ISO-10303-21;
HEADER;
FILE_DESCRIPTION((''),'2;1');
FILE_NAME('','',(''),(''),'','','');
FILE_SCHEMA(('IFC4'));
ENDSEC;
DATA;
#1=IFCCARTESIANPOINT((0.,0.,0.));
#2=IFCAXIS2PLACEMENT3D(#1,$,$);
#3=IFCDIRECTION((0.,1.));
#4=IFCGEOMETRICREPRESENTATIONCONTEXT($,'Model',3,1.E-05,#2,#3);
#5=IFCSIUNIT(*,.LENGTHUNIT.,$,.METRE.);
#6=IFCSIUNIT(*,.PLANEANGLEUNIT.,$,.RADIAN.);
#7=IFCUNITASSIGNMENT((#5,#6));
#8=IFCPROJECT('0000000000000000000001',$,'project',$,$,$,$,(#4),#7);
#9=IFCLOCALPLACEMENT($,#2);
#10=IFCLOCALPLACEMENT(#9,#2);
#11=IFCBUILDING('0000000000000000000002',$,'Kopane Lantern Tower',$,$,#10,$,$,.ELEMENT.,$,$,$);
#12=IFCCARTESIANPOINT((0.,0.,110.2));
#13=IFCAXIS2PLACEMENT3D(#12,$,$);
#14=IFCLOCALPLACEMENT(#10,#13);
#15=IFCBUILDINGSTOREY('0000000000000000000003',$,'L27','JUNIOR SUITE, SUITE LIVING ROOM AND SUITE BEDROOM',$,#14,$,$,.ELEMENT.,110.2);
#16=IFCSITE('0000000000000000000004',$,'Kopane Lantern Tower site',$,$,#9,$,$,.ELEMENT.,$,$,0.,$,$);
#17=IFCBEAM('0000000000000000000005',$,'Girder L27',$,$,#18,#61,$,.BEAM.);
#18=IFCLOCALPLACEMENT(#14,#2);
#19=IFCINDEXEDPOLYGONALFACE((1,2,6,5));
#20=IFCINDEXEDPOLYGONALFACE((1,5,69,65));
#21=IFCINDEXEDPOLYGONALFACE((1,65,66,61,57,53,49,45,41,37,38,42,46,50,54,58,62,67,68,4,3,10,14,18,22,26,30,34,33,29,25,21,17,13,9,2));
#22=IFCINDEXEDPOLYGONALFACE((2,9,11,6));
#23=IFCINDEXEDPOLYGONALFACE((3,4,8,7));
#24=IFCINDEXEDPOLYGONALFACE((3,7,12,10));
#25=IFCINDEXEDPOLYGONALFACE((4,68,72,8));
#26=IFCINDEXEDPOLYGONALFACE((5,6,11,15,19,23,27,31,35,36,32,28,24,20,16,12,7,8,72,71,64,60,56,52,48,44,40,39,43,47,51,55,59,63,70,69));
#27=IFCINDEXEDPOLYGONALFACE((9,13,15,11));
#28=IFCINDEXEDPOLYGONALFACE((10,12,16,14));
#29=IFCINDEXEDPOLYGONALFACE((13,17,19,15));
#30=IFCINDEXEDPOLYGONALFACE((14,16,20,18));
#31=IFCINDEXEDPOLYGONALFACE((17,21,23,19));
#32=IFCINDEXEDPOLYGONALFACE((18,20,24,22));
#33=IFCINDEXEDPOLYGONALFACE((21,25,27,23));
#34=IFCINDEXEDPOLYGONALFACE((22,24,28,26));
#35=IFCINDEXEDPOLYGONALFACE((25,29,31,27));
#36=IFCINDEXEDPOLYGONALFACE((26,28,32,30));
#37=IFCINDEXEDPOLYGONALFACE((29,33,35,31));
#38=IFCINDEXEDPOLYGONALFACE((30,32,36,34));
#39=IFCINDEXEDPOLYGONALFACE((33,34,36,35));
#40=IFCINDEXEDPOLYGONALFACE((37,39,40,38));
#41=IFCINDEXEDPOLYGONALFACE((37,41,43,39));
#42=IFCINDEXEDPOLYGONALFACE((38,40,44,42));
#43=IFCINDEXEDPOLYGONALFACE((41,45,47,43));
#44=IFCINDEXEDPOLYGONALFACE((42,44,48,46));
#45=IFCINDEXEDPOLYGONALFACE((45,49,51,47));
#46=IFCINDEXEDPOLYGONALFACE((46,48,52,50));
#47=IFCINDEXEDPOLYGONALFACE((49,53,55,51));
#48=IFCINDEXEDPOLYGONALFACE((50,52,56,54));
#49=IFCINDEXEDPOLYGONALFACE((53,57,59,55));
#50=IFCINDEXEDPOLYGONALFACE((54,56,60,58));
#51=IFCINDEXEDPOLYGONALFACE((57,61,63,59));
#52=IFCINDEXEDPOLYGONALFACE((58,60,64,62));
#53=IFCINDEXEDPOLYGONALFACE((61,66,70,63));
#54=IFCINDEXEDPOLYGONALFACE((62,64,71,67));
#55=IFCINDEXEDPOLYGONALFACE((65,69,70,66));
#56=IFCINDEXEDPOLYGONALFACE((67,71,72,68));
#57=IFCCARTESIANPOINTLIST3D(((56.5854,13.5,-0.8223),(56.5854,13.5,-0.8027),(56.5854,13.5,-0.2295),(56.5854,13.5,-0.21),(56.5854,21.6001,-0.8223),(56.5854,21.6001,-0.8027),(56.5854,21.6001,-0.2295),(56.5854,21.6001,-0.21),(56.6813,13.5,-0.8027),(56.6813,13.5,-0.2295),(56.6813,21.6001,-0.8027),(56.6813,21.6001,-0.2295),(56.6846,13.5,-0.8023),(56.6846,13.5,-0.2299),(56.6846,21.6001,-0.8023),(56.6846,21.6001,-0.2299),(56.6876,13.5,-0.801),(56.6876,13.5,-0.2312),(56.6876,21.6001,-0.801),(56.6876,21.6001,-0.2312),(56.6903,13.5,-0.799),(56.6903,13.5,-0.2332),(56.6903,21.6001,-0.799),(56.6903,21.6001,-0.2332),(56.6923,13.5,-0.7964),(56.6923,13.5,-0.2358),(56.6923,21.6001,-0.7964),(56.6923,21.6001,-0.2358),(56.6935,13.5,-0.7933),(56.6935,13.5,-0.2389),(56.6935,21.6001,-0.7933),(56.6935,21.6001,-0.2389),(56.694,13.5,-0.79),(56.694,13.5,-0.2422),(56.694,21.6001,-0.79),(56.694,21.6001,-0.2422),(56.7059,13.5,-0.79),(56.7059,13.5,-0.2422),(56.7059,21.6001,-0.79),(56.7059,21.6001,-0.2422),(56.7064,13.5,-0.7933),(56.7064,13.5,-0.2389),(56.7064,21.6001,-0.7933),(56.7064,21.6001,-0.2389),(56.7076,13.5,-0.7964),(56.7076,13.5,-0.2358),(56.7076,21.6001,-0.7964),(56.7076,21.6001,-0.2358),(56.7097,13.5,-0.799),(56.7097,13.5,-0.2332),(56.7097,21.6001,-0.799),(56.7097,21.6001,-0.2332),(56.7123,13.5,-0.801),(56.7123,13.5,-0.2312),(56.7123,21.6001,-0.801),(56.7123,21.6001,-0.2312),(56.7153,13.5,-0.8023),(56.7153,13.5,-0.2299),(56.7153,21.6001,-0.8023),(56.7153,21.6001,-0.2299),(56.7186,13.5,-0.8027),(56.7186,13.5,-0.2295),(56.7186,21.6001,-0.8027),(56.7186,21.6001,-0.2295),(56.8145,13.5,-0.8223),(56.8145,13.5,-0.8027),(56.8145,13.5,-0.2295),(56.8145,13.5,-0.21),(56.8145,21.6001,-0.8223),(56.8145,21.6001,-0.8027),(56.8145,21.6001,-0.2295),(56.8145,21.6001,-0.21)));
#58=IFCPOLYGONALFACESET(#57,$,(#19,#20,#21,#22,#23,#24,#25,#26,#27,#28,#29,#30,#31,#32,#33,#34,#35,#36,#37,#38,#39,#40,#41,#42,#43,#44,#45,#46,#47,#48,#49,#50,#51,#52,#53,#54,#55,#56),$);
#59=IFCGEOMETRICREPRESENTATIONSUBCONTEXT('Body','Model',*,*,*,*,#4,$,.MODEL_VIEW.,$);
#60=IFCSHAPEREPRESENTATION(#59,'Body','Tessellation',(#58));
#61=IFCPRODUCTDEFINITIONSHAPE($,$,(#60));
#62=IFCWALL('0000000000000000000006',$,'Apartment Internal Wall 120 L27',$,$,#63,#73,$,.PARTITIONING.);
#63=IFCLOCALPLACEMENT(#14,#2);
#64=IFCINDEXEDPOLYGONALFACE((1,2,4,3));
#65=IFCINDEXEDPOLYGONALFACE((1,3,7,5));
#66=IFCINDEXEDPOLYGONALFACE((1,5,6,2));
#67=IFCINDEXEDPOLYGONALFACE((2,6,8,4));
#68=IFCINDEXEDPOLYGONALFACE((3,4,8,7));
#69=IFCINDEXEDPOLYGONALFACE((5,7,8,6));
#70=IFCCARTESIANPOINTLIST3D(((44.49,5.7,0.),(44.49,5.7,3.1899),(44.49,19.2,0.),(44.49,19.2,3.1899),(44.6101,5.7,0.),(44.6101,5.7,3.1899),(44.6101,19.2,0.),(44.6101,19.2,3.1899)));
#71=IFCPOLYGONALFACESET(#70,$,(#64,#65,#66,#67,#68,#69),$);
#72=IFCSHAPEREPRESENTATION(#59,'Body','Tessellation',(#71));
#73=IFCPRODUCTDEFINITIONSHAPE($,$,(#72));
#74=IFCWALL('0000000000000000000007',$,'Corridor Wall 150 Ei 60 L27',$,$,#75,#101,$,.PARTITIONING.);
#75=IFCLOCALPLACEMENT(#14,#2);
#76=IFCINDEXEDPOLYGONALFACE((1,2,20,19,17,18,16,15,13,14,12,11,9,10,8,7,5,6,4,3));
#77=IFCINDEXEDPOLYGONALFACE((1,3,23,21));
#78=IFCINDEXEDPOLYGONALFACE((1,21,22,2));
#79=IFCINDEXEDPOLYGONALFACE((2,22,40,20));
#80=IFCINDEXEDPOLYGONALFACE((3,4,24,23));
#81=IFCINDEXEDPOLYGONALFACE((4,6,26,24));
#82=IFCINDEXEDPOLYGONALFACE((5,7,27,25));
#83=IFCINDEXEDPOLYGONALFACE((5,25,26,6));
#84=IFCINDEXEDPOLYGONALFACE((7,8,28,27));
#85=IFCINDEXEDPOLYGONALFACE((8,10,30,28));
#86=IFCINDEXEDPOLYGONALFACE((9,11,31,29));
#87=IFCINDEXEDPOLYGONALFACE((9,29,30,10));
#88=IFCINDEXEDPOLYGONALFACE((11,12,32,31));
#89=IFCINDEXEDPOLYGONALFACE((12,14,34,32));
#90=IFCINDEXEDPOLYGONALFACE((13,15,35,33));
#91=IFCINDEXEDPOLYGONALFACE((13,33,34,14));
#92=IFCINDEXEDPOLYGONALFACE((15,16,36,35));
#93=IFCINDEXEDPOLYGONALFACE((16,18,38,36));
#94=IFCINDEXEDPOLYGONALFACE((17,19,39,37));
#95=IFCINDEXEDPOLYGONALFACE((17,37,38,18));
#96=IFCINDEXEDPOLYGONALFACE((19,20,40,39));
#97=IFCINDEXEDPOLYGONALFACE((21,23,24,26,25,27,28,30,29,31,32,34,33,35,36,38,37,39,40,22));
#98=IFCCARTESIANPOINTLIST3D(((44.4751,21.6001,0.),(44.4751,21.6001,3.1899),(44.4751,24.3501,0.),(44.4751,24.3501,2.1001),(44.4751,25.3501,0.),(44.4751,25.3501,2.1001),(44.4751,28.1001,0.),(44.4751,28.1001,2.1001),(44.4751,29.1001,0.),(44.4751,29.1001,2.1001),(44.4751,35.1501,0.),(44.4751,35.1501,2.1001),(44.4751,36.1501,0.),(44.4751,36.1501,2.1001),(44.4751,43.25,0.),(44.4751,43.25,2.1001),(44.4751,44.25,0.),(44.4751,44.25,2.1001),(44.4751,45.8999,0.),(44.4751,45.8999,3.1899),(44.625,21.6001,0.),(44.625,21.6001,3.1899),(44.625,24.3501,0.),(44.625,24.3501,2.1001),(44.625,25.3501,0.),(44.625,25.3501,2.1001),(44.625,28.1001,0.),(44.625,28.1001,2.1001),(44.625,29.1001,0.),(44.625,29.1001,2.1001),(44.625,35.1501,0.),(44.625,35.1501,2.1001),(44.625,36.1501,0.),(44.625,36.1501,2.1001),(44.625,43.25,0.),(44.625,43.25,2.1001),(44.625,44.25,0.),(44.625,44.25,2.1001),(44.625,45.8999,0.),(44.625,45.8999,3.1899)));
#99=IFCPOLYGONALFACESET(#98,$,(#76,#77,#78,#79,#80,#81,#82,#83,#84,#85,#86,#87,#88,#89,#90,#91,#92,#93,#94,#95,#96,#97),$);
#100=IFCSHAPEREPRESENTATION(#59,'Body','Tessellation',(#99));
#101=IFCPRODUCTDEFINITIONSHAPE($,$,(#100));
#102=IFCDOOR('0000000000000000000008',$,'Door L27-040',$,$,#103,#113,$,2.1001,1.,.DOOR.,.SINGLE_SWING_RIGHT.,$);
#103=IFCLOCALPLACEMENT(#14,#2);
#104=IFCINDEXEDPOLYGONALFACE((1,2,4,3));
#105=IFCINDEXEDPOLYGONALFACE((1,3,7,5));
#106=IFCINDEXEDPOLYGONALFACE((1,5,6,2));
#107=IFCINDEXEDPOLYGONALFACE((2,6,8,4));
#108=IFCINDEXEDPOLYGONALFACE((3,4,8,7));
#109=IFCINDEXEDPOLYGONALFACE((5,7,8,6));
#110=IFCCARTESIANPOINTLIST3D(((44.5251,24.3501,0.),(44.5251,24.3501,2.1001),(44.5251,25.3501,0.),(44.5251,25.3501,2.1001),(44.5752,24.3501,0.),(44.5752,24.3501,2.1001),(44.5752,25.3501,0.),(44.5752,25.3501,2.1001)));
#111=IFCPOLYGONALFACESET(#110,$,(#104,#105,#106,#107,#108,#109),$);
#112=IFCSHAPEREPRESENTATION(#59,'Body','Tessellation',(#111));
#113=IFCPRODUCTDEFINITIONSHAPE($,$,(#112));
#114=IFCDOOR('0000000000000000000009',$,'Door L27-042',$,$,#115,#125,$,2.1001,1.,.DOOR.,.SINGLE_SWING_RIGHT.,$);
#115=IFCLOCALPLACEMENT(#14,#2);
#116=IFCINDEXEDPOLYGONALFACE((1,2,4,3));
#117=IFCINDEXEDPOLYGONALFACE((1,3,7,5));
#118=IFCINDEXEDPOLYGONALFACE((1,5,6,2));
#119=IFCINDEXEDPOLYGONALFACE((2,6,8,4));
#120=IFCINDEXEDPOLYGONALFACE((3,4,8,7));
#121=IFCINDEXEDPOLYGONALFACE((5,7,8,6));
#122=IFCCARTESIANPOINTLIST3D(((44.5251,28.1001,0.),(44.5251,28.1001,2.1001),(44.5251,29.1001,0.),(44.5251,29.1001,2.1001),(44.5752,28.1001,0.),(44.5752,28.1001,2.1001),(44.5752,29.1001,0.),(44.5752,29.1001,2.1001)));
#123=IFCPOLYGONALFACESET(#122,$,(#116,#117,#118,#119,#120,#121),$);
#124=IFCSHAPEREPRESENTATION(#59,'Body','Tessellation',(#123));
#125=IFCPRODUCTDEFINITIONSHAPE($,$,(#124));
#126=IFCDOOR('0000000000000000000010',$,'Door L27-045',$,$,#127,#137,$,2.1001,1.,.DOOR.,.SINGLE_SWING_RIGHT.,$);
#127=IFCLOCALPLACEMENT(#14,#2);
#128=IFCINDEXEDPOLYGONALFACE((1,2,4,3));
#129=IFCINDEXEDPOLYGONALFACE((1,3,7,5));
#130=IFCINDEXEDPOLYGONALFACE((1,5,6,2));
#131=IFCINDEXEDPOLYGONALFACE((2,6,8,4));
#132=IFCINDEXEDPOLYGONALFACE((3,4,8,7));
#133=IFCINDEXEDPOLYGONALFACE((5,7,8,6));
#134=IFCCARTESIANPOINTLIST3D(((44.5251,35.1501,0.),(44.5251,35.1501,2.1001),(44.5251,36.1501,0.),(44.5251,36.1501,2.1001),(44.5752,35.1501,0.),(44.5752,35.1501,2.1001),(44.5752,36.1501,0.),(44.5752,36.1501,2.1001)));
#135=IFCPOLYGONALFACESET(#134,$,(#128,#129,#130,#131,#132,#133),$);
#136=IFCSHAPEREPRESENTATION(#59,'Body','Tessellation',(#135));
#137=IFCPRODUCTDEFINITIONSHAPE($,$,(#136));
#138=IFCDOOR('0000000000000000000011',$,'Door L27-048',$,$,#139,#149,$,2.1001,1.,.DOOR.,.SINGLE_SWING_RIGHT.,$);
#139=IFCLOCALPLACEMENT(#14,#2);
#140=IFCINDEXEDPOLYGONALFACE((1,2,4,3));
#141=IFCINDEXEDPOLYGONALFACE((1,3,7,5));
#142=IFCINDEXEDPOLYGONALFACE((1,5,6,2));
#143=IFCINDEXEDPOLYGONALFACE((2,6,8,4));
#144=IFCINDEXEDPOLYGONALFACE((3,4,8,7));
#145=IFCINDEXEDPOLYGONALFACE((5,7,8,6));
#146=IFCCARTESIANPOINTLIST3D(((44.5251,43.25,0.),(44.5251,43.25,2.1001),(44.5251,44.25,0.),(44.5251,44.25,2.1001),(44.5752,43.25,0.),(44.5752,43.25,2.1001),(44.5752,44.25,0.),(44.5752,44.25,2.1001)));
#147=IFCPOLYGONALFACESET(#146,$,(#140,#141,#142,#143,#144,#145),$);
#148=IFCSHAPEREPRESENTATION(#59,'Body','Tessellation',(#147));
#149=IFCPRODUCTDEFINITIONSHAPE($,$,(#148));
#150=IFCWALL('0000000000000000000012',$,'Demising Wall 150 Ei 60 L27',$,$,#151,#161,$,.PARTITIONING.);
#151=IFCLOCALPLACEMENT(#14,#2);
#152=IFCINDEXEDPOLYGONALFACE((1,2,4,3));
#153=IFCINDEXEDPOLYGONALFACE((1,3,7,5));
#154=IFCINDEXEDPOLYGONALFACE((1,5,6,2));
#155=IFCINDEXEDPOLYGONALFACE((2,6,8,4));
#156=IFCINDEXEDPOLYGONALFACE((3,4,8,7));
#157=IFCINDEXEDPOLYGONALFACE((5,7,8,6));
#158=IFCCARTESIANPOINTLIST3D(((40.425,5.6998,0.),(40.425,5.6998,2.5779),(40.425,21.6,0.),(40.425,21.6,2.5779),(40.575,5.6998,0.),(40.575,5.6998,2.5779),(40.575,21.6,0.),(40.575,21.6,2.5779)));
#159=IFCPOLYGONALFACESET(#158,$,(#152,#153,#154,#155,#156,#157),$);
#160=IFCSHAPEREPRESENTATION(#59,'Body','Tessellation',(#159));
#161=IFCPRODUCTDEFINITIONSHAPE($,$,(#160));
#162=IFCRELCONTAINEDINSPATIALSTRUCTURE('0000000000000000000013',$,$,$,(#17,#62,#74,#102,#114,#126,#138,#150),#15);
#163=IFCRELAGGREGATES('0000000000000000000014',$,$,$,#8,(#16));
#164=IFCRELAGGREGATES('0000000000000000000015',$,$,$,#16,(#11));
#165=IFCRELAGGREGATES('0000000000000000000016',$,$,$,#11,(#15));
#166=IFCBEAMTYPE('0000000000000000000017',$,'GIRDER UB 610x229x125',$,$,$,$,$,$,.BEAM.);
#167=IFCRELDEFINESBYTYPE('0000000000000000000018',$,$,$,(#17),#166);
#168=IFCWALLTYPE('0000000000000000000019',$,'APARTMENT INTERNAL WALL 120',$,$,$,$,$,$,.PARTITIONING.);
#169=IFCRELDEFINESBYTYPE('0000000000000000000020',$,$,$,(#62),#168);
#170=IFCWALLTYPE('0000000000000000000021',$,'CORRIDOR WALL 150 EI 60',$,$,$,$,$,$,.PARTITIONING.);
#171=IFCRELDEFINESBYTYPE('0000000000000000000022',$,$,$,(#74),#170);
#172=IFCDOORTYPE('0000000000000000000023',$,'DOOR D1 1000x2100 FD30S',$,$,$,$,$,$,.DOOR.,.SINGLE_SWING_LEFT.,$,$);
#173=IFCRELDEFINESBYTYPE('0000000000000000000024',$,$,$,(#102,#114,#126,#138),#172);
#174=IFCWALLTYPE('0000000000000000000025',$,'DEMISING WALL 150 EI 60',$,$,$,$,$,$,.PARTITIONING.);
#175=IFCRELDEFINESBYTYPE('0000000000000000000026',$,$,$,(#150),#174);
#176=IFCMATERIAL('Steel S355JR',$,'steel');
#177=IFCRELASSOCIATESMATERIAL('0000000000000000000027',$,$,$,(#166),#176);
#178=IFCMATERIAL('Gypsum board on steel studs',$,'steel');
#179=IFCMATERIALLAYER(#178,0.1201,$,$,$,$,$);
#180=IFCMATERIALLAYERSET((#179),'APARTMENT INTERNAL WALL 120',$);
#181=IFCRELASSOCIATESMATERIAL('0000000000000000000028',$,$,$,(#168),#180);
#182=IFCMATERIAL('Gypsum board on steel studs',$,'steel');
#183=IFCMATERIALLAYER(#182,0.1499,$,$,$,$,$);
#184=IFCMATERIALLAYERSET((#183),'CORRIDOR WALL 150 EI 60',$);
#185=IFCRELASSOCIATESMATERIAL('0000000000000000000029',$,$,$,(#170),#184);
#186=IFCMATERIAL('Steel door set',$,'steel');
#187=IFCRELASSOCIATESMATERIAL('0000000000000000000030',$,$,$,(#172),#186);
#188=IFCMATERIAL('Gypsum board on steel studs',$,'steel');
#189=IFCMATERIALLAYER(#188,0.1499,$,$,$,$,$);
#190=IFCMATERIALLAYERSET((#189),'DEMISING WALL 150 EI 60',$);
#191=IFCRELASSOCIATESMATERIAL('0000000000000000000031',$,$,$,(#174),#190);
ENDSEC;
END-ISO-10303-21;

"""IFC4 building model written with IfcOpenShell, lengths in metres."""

from ifc_helpers import new_model, si_unit, direction, frame, frame_2d, origin, origin_2d, place, context, subcontext, project, spatial, rectangle, i_section, extrude, material, layer, layer_set, material_profile, profile_set, type_object, element, fill, save


model = new_model("IFC4")

# Units and contexts
model_context = context("Model", 3, precision=1e-05, world=origin(), true_north=direction((0.0, 1.0)))
body_context = subcontext(model_context, "Body", "Model", "MODEL_VIEW")
ifc_project = project(units=[si_unit("LENGTHUNIT", "METRE"), si_unit("PLANEANGLEUNIT", "RADIAN")], contexts=[model_context])

# Site, building, storey
site_placement = place(None, origin())
site = spatial("IfcSite", under=ifc_project, at=site_placement, Name="Kopane Lantern Tower site", CompositionType="ELEMENT", RefElevation=0.0)
building_placement = place(site_placement, origin())
building = spatial("IfcBuilding", under=site, at=building_placement, Name="Kopane Lantern Tower", CompositionType="ELEMENT")
storey_placement = place(building_placement, frame((0.0, 0.0, 110.2)))
storey = spatial("IfcBuildingStorey", under=building, at=storey_placement, Name="L27", Description="JUNIOR SUITE, SUITE LIVING ROOM AND SUITE BEDROOM", CompositionType="ELEMENT", Elevation=110.2)

# Beam
ifc_material_1 = material(Name="Steel S355JR", Category="steel")
ifc_material_profile_1 = material_profile(ifc_material_1, i_section(OverallWidth=0.229, OverallDepth=0.6123, WebThickness=0.012, FlangeThickness=0.0195, FilletRadius=0.0127, at=origin_2d()), Name="UB 610x229x125")
ifc_profile_set_1 = profile_set([ifc_material_profile_1], Name="Steel S355JR")
beam_type = type_object("IfcBeamType", Name="GIRDER UB 610x229x125", PredefinedType="BEAM", material=ifc_profile_set_1)
beam_1_placement = place(storey_placement, frame((56.7, 13.5, -0.5161), z_axis=(0.0, 1.0, 0.0), x_axis=(-1.0, 0.0, 0.0)))
element("IfcBeam", 1, at=beam_1_placement, inside=storey, type_object=beam_type, Name="Girder L27", PredefinedType="BEAM", context=body_context, shape_type="SweptSolid", body=[
    extrude(i_section(OverallWidth=0.229, OverallDepth=0.6123, WebThickness=0.012, FlangeThickness=0.0195, FilletRadius=0.0127, at=origin_2d()), origin(), (0.0, 0.0, 1.0), 8.1001),
])

# Wall
ifc_material_2 = material(Name="Gypsum board on steel studs", Category="steel")
ifc_layer_1 = layer(ifc_material_2, 0.1201)
ifc_layer_set_1 = layer_set([ifc_layer_1], Name="APARTMENT INTERNAL WALL 120")
wall_type_1 = type_object("IfcWallType", Name="APARTMENT INTERNAL WALL 120", PredefinedType="PARTITIONING", material=ifc_layer_set_1)
wall_1_placement = place(storey_placement, frame((44.55, 19.2, 0.0), z_axis=(0.0, 0.0, 1.0), x_axis=(0.0, -1.0, 0.0)))
element("IfcWall", 2, at=wall_1_placement, inside=storey, type_object=wall_type_1, Name="Apartment Internal Wall 120 L27", PredefinedType="PARTITIONING", context=body_context, shape_type="SweptSolid", body=[
    extrude(rectangle(XDim=13.5, YDim=0.1201, at=frame_2d((6.75, 0.0))), origin(), (0.0, 0.0, 1.0), 3.1899),
])

# Wall, openings, doors
ifc_material_3 = material(Name="Gypsum board on steel studs", Category="steel")
ifc_layer_2 = layer(ifc_material_3, 0.1499)
ifc_layer_set_2 = layer_set([ifc_layer_2], Name="CORRIDOR WALL 150 EI 60")
wall_type_2 = type_object("IfcWallType", Name="CORRIDOR WALL 150 EI 60", PredefinedType="PARTITIONING", material=ifc_layer_set_2)
wall_2_placement = place(storey_placement, frame((44.55, 21.6001, 0.0), z_axis=(0.0, 0.0, 1.0), x_axis=(0.0, 1.0, 0.0)))
wall_2 = element("IfcWall", 3, at=wall_2_placement, inside=storey, type_object=wall_type_2, Name="Corridor Wall 150 Ei 60 L27", PredefinedType="PARTITIONING", context=body_context, shape_type="SweptSolid", body=[
    extrude(rectangle(XDim=24.2998, YDim=0.1499, at=frame_2d((12.1499, 0.0))), origin(), (0.0, 0.0, 1.0), 3.1899),
])
opening_1_placement = place(wall_2_placement, frame((2.75, 0.0, 0.0)))
opening_1 = element("IfcOpeningElement", 4, at=opening_1_placement, cuts=wall_2, PredefinedType="OPENING", context=body_context, shape_type="SweptSolid", body=[
    extrude(rectangle(XDim=1.0, YDim=2.1001, at=frame_2d((0.5, 1.05))), frame((0.0, 0.085, 0.0), z_axis=(0.0, -1.0, 0.0), x_axis=(1.0, 0.0, 0.0)), (0.0, 0.0, 1.0), 0.1699),
])
opening_2_placement = place(wall_2_placement, frame((6.5, 0.0, 0.0)))
opening_2 = element("IfcOpeningElement", 5, at=opening_2_placement, cuts=wall_2, PredefinedType="OPENING", context=body_context, shape_type="SweptSolid", body=[
    extrude(rectangle(XDim=1.0, YDim=2.1001, at=frame_2d((0.5, 1.05))), frame((0.0, 0.085, 0.0), z_axis=(0.0, -1.0, 0.0), x_axis=(1.0, 0.0, 0.0)), (0.0, 0.0, 1.0), 0.1699),
])
opening_3_placement = place(wall_2_placement, frame((13.55, 0.0, 0.0)))
opening_3 = element("IfcOpeningElement", 6, at=opening_3_placement, cuts=wall_2, PredefinedType="OPENING", context=body_context, shape_type="SweptSolid", body=[
    extrude(rectangle(XDim=1.0, YDim=2.1001, at=frame_2d((0.5, 1.05))), frame((0.0, 0.085, 0.0), z_axis=(0.0, -1.0, 0.0), x_axis=(1.0, 0.0, 0.0)), (0.0, 0.0, 1.0), 0.1699),
])
opening_4_placement = place(wall_2_placement, frame((21.6499, 0.0, 0.0)))
opening_4 = element("IfcOpeningElement", 7, at=opening_4_placement, cuts=wall_2, PredefinedType="OPENING", context=body_context, shape_type="SweptSolid", body=[
    extrude(rectangle(XDim=1.0, YDim=2.1001, at=frame_2d((0.5, 1.05))), frame((0.0, 0.085, 0.0), z_axis=(0.0, -1.0, 0.0), x_axis=(1.0, 0.0, 0.0)), (0.0, 0.0, 1.0), 0.1699),
])
ifc_material_4 = material(Name="Steel door set", Category="steel")
door_type = type_object("IfcDoorType", Name="DOOR D1 1000x2100 FD30S", OperationType="SINGLE_SWING_LEFT", PredefinedType="DOOR", material=ifc_material_4)
door_1_placement = place(opening_1_placement, origin())
door_1 = element("IfcDoor", 8, at=door_1_placement, inside=storey, type_object=door_type, Name="Door L27-040", OperationType="SINGLE_SWING_RIGHT", OverallHeight=2.1001, OverallWidth=1.0, PredefinedType="DOOR", context=body_context, shape_type="SweptSolid", body=[
    extrude(rectangle(XDim=1.0, YDim=2.1001, at=frame_2d((0.5, 1.05))), frame((0.0, 0.0249, 0.0), z_axis=(0.0, -1.0, 0.0), x_axis=(1.0, 0.0, 0.0)), (0.0, 0.0, 1.0), 0.05),
])
fill(opening_1, door_1)
door_2_placement = place(opening_2_placement, origin())
door_2 = element("IfcDoor", 9, at=door_2_placement, inside=storey, type_object=door_type, Name="Door L27-042", OperationType="SINGLE_SWING_RIGHT", OverallHeight=2.1001, OverallWidth=1.0, PredefinedType="DOOR", context=body_context, shape_type="SweptSolid", body=[
    extrude(rectangle(XDim=1.0, YDim=2.1001, at=frame_2d((0.5, 1.05))), frame((0.0, 0.0249, 0.0), z_axis=(0.0, -1.0, 0.0), x_axis=(1.0, 0.0, 0.0)), (0.0, 0.0, 1.0), 0.05),
])
fill(opening_2, door_2)
door_3_placement = place(opening_3_placement, origin())
door_3 = element("IfcDoor", 10, at=door_3_placement, inside=storey, type_object=door_type, Name="Door L27-045", OperationType="SINGLE_SWING_RIGHT", OverallHeight=2.1001, OverallWidth=1.0, PredefinedType="DOOR", context=body_context, shape_type="SweptSolid", body=[
    extrude(rectangle(XDim=1.0, YDim=2.1001, at=frame_2d((0.5, 1.05))), frame((0.0, 0.0249, 0.0), z_axis=(0.0, -1.0, 0.0), x_axis=(1.0, 0.0, 0.0)), (0.0, 0.0, 1.0), 0.05),
])
fill(opening_3, door_3)
door_4_placement = place(opening_4_placement, origin())
door_4 = element("IfcDoor", 11, at=door_4_placement, inside=storey, type_object=door_type, Name="Door L27-048", OperationType="SINGLE_SWING_RIGHT", OverallHeight=2.1001, OverallWidth=1.0, PredefinedType="DOOR", context=body_context, shape_type="SweptSolid", body=[
    extrude(rectangle(XDim=1.0, YDim=2.1001, at=frame_2d((0.5, 1.05))), frame((0.0, 0.0249, 0.0), z_axis=(0.0, -1.0, 0.0), x_axis=(1.0, 0.0, 0.0)), (0.0, 0.0, 1.0), 0.05),
])
fill(opening_4, door_4)

# Wall
ifc_material_5 = material(Name="Gypsum board on steel studs", Category="steel")
ifc_layer_3 = layer(ifc_material_5, 0.1499)
ifc_layer_set_3 = layer_set([ifc_layer_3], Name="DEMISING WALL 150 EI 60")
wall_type_3 = type_object("IfcWallType", Name="DEMISING WALL 150 EI 60", PredefinedType="PARTITIONING", material=ifc_layer_set_3)
wall_3_placement = place(storey_placement, frame((40.5, 21.6001, 0.0), z_axis=(0.0, 0.0, 1.0), x_axis=(0.0, -1.0, 0.0)))
element("IfcWall", 12, at=wall_3_placement, inside=storey, type_object=wall_type_3, Name="Demising Wall 150 Ei 60 L27", PredefinedType="PARTITIONING", context=body_context, shape_type="SweptSolid", body=[
    extrude(rectangle(XDim=15.9001, YDim=0.1499, at=frame_2d((7.9502, 0.0))), origin(), (0.0, 0.0, 1.0), 2.5779),
])

save(model, "model.ifc")
